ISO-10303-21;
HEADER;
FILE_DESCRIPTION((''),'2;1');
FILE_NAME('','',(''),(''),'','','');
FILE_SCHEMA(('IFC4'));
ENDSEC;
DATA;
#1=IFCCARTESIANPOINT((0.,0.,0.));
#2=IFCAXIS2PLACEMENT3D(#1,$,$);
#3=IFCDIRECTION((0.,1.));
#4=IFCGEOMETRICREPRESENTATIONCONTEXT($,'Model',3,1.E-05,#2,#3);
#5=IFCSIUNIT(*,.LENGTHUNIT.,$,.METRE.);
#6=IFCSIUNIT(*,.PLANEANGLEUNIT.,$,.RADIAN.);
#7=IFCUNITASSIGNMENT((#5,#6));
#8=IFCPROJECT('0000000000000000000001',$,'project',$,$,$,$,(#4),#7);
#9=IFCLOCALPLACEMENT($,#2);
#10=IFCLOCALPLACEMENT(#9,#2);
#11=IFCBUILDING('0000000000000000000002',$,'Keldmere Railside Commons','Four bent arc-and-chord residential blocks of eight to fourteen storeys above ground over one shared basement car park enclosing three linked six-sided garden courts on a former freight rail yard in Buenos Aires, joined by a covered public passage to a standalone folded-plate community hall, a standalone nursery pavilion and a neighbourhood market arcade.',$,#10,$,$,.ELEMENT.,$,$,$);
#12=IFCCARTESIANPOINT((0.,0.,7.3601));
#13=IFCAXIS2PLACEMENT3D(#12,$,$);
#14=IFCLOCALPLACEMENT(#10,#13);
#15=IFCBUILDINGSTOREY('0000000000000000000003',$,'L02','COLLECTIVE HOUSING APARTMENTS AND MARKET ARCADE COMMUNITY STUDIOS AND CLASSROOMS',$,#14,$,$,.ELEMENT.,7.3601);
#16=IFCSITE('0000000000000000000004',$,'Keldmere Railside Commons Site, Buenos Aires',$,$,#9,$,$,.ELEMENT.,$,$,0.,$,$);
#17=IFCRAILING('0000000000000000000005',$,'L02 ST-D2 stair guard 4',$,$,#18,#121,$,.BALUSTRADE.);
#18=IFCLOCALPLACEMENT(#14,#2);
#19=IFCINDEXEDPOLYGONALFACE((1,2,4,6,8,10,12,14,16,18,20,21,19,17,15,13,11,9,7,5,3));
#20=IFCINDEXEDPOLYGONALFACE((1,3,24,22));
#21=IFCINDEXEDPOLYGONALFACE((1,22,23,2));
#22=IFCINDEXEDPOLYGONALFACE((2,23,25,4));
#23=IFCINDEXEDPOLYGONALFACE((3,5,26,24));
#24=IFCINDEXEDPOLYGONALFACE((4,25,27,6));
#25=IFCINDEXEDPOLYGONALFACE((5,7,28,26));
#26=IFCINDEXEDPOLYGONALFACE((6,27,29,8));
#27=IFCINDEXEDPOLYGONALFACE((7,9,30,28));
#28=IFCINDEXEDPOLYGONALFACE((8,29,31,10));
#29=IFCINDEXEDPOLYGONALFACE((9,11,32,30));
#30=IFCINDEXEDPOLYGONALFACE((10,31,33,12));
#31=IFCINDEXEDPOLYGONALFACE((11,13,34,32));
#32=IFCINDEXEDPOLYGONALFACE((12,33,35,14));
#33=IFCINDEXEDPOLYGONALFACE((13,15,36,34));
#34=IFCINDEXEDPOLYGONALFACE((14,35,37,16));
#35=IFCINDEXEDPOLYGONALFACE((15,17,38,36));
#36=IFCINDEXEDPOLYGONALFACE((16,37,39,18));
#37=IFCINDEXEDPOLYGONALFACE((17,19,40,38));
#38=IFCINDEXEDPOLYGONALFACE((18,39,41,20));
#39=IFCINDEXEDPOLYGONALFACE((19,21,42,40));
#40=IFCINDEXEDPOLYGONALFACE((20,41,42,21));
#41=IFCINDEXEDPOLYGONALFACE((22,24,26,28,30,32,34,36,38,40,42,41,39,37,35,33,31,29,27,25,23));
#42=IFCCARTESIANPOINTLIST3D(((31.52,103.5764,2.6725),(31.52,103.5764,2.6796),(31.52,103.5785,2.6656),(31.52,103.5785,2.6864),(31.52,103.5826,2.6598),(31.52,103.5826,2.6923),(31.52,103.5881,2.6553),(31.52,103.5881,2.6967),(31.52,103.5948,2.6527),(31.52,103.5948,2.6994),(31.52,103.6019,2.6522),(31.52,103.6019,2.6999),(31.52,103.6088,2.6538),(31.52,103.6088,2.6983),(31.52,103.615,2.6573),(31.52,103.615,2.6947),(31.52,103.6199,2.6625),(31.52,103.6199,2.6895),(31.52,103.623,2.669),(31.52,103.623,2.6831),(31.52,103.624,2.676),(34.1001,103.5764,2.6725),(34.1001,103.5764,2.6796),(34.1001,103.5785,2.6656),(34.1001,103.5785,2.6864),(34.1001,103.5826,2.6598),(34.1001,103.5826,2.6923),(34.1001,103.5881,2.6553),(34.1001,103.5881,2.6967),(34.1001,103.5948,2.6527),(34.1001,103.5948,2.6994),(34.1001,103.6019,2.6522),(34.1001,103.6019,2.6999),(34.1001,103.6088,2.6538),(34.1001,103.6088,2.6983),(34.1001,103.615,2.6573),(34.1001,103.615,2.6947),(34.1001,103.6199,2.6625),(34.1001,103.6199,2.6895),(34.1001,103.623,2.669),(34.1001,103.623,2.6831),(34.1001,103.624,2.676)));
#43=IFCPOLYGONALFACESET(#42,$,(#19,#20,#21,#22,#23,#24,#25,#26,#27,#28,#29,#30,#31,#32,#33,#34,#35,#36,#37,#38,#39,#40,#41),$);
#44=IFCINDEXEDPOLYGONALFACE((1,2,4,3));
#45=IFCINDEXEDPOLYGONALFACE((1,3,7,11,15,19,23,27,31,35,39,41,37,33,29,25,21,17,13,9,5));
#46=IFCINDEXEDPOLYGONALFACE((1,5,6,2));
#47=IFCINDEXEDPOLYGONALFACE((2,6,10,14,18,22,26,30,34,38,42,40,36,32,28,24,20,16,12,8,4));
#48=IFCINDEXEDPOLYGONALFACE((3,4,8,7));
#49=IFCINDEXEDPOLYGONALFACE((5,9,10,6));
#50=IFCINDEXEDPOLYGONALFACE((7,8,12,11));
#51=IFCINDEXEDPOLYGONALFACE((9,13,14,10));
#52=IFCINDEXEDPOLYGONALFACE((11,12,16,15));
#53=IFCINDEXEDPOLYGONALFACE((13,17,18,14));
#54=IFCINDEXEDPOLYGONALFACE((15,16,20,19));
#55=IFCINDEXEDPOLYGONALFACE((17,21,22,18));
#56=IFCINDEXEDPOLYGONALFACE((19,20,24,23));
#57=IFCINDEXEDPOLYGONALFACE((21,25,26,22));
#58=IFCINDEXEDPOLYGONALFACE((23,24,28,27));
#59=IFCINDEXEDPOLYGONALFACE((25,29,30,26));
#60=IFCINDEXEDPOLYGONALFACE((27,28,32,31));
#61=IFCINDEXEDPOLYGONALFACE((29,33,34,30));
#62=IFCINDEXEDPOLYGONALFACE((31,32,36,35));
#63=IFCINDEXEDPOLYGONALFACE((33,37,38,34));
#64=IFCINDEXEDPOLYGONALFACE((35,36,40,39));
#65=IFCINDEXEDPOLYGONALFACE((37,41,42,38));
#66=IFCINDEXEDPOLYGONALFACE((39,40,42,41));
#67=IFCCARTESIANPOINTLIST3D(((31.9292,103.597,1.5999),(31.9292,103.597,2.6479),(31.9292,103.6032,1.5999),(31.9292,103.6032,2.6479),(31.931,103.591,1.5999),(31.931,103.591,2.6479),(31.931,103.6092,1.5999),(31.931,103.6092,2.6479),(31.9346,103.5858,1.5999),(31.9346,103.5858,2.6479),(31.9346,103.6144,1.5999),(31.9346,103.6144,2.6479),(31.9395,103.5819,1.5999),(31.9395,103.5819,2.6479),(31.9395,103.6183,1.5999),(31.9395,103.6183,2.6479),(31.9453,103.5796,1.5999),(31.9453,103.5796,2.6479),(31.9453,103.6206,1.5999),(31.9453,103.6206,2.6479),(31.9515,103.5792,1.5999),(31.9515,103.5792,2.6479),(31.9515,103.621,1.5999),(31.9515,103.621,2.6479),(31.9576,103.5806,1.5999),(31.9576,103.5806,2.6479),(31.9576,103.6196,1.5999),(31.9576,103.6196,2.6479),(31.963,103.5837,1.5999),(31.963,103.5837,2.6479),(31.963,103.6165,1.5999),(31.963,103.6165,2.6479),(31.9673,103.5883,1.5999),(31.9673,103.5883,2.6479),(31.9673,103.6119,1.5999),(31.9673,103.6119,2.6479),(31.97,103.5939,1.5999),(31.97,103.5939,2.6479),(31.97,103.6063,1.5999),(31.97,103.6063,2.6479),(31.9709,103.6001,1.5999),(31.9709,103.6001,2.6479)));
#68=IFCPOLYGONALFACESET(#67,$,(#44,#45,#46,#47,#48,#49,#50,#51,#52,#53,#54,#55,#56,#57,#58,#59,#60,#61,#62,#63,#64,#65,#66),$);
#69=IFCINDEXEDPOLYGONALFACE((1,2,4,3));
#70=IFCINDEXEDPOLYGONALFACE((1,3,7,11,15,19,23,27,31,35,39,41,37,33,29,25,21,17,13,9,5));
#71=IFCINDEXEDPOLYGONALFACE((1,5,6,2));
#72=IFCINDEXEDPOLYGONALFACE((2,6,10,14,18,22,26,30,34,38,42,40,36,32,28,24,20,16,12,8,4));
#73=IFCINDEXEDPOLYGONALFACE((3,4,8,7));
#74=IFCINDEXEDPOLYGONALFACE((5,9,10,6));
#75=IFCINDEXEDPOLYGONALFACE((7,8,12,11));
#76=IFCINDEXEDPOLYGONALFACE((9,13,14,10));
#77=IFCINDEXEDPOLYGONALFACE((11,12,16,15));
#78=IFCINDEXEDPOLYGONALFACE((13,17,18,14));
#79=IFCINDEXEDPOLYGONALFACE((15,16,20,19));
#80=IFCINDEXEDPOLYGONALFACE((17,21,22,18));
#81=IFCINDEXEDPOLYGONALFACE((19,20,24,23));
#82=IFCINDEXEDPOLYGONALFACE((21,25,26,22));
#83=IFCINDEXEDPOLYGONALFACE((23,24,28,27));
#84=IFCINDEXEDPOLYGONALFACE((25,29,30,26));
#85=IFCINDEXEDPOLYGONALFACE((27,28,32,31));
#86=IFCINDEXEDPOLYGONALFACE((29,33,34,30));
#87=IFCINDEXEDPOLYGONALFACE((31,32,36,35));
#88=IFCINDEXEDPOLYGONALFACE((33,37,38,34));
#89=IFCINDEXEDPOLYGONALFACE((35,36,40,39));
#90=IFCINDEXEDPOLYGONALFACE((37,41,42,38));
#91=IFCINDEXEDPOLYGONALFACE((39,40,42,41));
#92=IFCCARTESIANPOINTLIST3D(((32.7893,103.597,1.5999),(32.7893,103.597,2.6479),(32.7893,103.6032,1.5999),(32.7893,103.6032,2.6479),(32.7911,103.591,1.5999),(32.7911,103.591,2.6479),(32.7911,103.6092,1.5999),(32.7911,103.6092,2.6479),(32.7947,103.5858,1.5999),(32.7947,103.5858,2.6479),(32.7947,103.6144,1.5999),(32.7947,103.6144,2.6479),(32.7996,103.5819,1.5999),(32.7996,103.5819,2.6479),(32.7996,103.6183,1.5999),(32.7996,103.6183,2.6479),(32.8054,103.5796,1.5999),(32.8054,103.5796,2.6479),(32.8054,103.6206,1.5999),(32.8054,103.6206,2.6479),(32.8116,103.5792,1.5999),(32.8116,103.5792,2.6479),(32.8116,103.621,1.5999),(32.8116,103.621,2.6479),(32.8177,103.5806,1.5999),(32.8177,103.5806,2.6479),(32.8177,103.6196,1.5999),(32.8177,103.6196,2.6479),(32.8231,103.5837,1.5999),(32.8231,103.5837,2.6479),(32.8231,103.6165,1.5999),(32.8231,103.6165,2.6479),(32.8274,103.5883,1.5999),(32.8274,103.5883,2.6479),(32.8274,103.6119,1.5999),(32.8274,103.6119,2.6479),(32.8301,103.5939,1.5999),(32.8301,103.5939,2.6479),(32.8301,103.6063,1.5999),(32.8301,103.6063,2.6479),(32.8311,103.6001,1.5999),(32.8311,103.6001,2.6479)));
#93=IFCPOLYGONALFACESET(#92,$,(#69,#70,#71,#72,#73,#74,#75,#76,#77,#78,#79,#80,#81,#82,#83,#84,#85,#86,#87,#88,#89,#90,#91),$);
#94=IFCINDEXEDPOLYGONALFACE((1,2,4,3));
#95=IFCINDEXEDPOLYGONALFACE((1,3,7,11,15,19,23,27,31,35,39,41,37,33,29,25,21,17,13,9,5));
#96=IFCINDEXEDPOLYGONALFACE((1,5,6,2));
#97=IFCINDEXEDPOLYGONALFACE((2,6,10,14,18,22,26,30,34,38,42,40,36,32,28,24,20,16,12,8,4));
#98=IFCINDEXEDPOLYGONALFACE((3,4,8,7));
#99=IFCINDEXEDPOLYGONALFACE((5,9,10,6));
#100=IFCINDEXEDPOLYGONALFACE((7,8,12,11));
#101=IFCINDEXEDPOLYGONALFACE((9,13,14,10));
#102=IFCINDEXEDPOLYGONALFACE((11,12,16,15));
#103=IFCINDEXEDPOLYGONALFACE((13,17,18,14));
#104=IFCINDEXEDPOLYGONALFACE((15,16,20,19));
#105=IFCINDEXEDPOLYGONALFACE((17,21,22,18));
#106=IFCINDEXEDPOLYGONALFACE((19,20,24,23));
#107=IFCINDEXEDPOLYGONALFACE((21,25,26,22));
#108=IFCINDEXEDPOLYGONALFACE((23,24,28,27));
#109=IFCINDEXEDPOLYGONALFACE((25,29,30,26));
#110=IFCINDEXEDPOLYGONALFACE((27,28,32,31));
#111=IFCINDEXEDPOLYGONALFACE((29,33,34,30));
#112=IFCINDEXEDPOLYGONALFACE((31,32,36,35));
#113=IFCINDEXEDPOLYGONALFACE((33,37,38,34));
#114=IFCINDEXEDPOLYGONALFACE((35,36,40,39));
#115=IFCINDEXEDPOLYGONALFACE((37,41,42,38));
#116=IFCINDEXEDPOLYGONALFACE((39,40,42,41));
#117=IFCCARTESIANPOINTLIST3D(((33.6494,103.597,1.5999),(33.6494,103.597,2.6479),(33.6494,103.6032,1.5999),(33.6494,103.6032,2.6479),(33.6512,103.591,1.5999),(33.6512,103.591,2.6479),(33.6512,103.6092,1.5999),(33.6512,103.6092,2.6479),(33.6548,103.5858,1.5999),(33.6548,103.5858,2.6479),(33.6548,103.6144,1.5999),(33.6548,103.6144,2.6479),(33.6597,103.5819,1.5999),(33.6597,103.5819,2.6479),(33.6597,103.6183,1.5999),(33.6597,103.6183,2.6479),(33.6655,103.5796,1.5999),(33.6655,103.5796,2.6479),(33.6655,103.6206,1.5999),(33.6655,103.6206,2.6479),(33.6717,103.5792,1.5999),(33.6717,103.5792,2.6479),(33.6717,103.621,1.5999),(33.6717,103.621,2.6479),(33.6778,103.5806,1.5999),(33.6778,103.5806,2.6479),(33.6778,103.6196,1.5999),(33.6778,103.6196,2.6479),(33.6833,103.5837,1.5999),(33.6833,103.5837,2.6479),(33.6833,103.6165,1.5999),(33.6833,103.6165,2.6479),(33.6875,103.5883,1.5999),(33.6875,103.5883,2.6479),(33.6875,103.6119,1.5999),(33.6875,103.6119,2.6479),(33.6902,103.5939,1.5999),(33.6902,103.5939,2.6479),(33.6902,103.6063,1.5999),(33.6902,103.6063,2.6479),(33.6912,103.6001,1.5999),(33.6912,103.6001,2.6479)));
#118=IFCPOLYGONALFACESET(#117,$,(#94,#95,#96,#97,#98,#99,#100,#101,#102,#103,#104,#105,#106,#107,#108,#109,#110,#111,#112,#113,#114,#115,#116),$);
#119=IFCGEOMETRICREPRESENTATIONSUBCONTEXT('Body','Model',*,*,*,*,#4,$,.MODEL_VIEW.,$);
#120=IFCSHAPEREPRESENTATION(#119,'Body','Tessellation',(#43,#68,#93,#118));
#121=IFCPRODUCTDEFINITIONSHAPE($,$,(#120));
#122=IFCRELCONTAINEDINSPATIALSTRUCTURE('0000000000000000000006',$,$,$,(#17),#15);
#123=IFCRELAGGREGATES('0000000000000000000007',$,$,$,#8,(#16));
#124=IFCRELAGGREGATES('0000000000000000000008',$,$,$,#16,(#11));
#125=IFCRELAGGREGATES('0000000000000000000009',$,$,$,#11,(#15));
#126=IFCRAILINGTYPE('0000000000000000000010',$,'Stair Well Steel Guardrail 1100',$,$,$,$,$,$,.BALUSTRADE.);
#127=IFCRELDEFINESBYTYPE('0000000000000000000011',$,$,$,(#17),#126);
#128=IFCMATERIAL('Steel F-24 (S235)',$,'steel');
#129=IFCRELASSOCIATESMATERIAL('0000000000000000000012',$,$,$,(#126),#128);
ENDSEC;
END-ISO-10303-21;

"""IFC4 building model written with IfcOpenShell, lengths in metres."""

from ifc_helpers import new_model, si_unit, direction, frame, origin, origin_2d, place, context, subcontext, project, spatial, circle, extrude, material, type_object, element, save


model = new_model("IFC4")

# Units and contexts
model_context = context("Model", 3, precision=1e-05, world=origin(), true_north=direction((0.0, 1.0)))
body_context = subcontext(model_context, "Body", "Model", "MODEL_VIEW")
ifc_project = project(units=[si_unit("LENGTHUNIT", "METRE"), si_unit("PLANEANGLEUNIT", "RADIAN")], contexts=[model_context])

# Site, building, storey
site_placement = place(None, origin())
site = spatial("IfcSite", under=ifc_project, at=site_placement, Name="Keldmere Railside Commons Site, Buenos Aires", CompositionType="ELEMENT", RefElevation=0.0)
building_placement = place(site_placement, origin())
building = spatial("IfcBuilding", under=site, at=building_placement, Name="Keldmere Railside Commons", Description="Four bent arc-and-chord residential blocks of eight to fourteen storeys above ground over one shared basement car park enclosing three linked six-sided garden courts on a former freight rail yard in Buenos Aires, joined by a covered public passage to a standalone folded-plate community hall, a standalone nursery pavilion and a neighbourhood market arcade.", CompositionType="ELEMENT")
storey_placement = place(building_placement, frame((0.0, 0.0, 7.3601)))
storey = spatial("IfcBuildingStorey", under=building, at=storey_placement, Name="L02", Description="COLLECTIVE HOUSING APARTMENTS AND MARKET ARCADE COMMUNITY STUDIOS AND CLASSROOMS", CompositionType="ELEMENT", Elevation=7.3601)

# Shared definitions
ifc_material_1 = material(Name="Steel F-24 (S235)", Category="steel")

# Railing
railing_type_1 = type_object("IfcRailingType", Name="Stair Well Steel Guardrail 1100", PredefinedType="BALUSTRADE", material=ifc_material_1)
for number, where, name in (
    (1, (31.52, 103.6001, 1.5999), "L02 ST-D2 stair guard 4"),
):
    element("IfcRailing", number, at=place(storey_placement, frame(where)), inside=storey, type_object=railing_type_1, Name=name, PredefinedType="BALUSTRADE", context=body_context, shape_type="SweptSolid", body=[
        extrude(circle(Radius=0.0239, at=origin_2d()), frame((0.0, 0.0, 1.0762), z_axis=(1.0, 0.0, 0.0), x_axis=(0.0, 1.0, 0.0)), (0.0, 0.0, 1.0), 2.5801),
        extrude(circle(Radius=0.021, at=origin_2d()), frame((0.4299, 0.0, 0.0)), (0.0, 0.0, 1.0), 1.0481),
        extrude(circle(Radius=0.021, at=origin_2d()), frame((1.29, 0.0, 0.0)), (0.0, 0.0, 1.0), 1.0481),
        extrude(circle(Radius=0.021, at=origin_2d()), frame((2.1501, 0.0, 0.0)), (0.0, 0.0, 1.0), 1.0481),
    ])

save(model, "model.ifc")
